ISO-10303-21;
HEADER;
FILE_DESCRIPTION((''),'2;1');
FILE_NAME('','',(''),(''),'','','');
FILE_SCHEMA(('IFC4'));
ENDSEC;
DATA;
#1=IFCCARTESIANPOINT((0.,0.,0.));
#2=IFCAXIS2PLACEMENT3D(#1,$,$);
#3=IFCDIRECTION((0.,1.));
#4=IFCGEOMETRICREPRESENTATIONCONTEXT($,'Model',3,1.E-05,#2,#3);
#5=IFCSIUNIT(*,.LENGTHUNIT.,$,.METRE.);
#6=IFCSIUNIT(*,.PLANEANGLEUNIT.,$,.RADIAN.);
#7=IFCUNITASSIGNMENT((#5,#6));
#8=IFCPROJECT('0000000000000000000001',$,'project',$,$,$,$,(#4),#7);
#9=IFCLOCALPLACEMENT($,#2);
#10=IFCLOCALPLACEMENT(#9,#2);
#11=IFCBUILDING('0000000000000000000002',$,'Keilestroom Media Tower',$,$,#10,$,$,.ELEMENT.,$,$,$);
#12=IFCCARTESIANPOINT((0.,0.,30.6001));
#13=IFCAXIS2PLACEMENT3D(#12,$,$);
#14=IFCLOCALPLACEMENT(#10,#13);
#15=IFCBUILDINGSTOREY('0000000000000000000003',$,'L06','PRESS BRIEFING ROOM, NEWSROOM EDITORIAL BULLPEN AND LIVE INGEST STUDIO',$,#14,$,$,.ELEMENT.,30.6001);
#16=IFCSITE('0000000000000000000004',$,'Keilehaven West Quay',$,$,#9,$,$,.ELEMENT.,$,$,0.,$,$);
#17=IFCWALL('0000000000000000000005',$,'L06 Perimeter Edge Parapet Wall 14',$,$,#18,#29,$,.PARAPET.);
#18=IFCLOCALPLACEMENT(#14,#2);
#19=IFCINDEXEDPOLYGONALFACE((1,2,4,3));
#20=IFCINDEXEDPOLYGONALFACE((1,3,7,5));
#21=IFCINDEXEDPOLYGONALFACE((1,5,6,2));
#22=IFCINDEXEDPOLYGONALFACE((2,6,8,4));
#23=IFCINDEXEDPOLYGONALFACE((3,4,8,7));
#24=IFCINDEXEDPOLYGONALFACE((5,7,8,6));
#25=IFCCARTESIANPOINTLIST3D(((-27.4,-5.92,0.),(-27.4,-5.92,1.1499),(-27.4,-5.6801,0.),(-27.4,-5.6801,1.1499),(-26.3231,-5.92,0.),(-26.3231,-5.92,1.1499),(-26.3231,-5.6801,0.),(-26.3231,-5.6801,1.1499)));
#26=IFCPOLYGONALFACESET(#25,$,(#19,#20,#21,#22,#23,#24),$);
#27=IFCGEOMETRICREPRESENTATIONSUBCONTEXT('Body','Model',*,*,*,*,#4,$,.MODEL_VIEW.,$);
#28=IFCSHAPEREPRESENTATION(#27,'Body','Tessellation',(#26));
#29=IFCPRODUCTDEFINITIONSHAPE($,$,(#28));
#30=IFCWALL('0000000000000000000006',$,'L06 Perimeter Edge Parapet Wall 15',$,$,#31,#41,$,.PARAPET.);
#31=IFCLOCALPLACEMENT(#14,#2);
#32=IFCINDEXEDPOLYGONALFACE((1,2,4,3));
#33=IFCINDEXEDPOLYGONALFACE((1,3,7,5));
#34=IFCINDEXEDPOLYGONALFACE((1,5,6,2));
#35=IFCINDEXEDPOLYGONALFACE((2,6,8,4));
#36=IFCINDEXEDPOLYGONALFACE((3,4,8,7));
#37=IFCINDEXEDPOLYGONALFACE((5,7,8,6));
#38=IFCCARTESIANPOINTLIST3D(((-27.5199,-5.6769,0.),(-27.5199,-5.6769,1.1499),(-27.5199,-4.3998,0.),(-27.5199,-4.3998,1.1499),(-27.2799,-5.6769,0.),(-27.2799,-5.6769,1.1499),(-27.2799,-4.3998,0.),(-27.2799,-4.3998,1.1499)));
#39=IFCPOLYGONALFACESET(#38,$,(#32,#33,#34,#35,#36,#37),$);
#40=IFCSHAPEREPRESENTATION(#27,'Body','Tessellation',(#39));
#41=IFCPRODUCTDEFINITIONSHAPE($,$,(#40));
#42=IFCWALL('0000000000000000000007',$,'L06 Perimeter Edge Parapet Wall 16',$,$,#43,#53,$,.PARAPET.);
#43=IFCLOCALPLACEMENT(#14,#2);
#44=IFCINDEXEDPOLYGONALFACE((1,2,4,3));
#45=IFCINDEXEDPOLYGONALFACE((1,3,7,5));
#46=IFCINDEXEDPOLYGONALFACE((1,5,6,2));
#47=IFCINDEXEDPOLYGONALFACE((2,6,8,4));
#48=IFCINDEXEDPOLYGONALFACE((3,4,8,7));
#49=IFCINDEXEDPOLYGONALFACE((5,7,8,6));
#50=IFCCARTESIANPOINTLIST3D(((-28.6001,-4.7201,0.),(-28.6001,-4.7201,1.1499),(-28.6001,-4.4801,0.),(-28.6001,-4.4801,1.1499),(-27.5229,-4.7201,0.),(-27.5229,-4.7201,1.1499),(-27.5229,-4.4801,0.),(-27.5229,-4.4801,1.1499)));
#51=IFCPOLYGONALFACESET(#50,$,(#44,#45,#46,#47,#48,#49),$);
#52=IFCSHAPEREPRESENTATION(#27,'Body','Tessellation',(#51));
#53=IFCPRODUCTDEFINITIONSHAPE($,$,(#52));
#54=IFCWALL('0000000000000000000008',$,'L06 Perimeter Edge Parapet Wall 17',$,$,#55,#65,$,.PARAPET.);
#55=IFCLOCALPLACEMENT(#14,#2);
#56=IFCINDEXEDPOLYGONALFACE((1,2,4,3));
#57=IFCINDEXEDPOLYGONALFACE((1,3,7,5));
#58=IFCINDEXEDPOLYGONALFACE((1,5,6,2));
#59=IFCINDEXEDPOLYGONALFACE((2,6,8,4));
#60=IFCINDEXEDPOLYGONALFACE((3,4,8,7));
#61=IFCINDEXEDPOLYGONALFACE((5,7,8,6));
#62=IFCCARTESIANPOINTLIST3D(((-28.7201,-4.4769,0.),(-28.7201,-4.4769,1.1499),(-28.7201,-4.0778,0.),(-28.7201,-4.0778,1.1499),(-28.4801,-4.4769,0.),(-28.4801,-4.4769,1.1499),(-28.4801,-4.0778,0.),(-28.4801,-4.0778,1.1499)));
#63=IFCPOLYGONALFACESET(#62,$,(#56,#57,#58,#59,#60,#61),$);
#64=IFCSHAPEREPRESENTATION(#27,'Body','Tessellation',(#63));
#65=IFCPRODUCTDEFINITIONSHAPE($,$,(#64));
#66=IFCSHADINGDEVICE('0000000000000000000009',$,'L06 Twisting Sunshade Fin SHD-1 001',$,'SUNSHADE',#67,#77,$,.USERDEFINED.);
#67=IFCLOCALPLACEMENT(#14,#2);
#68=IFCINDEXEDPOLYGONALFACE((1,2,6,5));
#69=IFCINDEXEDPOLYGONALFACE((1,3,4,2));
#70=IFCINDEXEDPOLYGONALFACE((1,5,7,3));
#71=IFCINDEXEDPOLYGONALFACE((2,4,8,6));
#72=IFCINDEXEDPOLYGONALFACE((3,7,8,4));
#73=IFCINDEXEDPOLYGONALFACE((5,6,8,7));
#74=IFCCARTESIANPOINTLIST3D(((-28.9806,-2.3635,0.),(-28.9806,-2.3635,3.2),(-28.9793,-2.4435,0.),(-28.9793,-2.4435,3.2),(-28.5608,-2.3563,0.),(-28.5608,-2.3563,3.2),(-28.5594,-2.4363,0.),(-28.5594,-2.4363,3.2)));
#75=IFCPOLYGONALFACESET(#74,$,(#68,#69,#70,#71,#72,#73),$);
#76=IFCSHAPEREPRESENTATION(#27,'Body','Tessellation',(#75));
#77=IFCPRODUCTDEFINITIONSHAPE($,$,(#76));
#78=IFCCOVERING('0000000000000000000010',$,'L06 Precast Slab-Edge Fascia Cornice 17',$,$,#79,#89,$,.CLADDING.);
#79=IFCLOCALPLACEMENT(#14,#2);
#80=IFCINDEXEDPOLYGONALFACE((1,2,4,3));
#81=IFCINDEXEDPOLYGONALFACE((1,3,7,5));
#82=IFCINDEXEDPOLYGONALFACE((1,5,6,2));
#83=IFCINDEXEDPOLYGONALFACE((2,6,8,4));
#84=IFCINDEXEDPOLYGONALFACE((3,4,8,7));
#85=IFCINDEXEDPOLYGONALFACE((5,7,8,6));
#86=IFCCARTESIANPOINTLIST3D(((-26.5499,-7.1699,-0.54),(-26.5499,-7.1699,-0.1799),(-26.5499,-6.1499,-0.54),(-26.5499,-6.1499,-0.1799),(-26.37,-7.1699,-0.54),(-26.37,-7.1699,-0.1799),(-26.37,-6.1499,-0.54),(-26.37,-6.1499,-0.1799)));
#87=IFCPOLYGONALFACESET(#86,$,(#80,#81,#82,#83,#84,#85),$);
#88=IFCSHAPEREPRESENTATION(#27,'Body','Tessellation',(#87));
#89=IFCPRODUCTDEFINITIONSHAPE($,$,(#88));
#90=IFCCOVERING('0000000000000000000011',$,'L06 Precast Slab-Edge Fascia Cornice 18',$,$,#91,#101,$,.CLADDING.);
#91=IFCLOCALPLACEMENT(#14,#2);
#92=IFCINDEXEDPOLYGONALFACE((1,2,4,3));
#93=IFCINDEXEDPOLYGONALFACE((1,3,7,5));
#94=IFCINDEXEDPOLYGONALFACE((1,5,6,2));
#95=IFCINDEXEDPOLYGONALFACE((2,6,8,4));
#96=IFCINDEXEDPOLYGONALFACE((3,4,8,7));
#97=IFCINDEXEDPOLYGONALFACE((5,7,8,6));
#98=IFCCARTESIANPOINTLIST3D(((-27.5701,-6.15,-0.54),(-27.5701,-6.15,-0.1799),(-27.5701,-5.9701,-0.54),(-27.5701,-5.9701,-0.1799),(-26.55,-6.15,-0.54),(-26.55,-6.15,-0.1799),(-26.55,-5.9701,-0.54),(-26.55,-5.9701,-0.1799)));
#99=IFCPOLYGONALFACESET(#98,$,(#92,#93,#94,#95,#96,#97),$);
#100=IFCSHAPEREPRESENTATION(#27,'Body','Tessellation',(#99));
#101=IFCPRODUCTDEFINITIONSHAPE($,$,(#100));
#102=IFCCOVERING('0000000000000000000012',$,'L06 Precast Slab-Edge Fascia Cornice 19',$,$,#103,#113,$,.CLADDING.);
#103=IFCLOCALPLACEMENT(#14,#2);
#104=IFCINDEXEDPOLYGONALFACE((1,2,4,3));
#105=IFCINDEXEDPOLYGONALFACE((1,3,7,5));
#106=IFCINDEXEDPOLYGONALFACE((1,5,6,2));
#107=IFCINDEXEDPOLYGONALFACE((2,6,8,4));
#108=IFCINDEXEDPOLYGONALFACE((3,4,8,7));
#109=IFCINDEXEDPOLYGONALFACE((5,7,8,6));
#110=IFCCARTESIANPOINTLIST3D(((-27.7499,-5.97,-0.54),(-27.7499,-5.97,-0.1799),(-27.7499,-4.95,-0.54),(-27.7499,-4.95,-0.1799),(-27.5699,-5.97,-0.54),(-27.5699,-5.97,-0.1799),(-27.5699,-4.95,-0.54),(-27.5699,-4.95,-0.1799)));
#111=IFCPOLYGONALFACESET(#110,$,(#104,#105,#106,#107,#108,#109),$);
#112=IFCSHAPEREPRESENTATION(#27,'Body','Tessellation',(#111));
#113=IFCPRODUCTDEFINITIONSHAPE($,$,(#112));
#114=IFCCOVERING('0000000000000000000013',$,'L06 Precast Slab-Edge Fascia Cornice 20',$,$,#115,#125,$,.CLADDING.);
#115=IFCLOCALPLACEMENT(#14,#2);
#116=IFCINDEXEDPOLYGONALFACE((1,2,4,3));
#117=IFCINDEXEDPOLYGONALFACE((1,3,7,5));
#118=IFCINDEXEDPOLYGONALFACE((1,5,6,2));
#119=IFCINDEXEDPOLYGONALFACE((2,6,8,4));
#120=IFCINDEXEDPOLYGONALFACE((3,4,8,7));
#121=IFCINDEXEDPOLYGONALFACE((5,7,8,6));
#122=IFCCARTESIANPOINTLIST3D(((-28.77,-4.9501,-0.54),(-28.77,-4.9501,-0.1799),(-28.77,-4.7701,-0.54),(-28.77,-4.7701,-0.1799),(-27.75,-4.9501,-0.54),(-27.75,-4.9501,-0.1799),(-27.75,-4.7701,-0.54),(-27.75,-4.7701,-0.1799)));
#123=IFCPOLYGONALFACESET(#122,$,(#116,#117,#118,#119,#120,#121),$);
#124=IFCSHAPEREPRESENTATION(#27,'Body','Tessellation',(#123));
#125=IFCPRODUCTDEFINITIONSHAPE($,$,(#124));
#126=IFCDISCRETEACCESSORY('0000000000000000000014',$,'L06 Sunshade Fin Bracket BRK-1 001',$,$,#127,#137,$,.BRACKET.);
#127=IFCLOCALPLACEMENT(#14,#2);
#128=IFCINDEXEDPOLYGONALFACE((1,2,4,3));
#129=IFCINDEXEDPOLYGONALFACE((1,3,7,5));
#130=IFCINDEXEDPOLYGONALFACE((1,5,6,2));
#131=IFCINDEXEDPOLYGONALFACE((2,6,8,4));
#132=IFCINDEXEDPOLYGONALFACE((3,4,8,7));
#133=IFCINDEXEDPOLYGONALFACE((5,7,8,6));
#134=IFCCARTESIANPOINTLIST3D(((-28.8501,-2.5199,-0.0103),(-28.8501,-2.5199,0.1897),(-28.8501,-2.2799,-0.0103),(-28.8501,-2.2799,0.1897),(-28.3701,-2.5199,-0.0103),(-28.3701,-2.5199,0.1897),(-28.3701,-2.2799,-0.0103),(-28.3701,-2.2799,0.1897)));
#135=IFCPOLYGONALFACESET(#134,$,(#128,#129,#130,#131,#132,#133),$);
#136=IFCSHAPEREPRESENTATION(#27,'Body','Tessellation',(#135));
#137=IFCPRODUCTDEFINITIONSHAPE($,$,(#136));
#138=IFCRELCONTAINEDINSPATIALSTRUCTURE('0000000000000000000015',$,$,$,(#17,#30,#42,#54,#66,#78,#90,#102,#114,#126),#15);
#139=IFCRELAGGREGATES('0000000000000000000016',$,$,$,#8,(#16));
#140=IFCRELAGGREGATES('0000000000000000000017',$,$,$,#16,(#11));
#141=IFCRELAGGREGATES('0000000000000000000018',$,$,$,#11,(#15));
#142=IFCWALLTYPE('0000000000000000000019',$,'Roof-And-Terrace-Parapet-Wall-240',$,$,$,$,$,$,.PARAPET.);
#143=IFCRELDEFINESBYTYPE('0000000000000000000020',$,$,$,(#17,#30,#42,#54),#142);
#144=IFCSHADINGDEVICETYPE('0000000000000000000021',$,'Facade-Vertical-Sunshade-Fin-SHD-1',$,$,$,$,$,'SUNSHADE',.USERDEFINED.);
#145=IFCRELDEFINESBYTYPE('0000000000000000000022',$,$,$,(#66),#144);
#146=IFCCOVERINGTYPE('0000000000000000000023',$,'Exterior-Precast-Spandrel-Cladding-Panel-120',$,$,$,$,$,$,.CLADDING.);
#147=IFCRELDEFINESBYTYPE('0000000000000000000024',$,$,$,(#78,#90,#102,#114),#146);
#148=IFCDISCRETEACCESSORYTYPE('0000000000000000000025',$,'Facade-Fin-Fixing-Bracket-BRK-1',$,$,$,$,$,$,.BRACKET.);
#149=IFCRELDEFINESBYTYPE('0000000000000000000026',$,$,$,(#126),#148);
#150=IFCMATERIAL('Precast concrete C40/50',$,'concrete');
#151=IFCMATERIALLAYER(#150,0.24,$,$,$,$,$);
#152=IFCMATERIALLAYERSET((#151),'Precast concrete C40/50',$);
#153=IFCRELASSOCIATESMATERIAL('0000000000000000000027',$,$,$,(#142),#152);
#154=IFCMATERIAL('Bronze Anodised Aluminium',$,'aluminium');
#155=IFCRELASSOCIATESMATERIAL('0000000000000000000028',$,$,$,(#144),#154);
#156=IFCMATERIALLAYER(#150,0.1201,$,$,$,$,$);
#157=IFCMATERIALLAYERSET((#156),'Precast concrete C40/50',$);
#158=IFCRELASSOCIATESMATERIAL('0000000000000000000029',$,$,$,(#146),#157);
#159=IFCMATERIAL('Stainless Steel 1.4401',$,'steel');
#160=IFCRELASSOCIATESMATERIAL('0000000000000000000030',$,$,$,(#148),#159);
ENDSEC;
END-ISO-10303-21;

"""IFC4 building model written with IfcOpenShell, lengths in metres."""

from ifc_helpers import new_model, si_unit, direction, frame, frame_2d, origin, origin_2d, place, context, subcontext, project, spatial, rectangle, extrude, source, transform, mapped, material, layer, layer_set, type_object, element, save


model = new_model("IFC4")

# Units and contexts
model_context = context("Model", 3, precision=1e-05, world=origin(), true_north=direction((0.0, 1.0)))
body_context = subcontext(model_context, "Body", "Model", "MODEL_VIEW")
ifc_project = project(units=[si_unit("LENGTHUNIT", "METRE"), si_unit("PLANEANGLEUNIT", "RADIAN")], contexts=[model_context])

# Site, building, storey
site_placement = place(None, origin())
site = spatial("IfcSite", under=ifc_project, at=site_placement, Name="Keilehaven West Quay", CompositionType="ELEMENT", RefElevation=0.0)
building_placement = place(site_placement, origin())
building = spatial("IfcBuilding", under=site, at=building_placement, Name="Keilestroom Media Tower", CompositionType="ELEMENT")
storey_placement = place(building_placement, frame((0.0, 0.0, 30.6001)))
storey = spatial("IfcBuildingStorey", under=building, at=storey_placement, Name="L06", Description="PRESS BRIEFING ROOM, NEWSROOM EDITORIAL BULLPEN AND LIVE INGEST STUDIO", CompositionType="ELEMENT", Elevation=30.6001)

# Shared definitions
ifc_material_1 = material(Name="Precast concrete C40/50", Category="concrete")

# Walls
ifc_layer_1 = layer(ifc_material_1, 0.24)
ifc_layer_set_1 = layer_set([ifc_layer_1], Name="Precast concrete C40/50")
wall_type_1 = type_object("IfcWallType", Name="Roof-And-Terrace-Parapet-Wall-240", PredefinedType="PARAPET", material=ifc_layer_set_1)
wall_1_placement = place(storey_placement, frame((-26.323, -5.8, 0.0), z_axis=(0.0, 0.0, 1.0), x_axis=(-1.0, 0.0, 0.0)))
element("IfcWall", 1, at=wall_1_placement, inside=storey, type_object=wall_type_1, Name="L06 Perimeter Edge Parapet Wall 14", PredefinedType="PARAPET", context=body_context, shape_type="SweptSolid", body=[
    extrude(rectangle(XDim=1.0769, YDim=0.24, at=frame_2d((0.5386, 0.0))), origin(), (0.0, 0.0, 1.0), 1.1499),
])
wall_2_placement = place(storey_placement, frame((-27.3999, -5.677, 0.0), z_axis=(0.0, 0.0, 1.0), x_axis=(0.0, 1.0, 0.0)))
element("IfcWall", 2, at=wall_2_placement, inside=storey, type_object=wall_type_1, Name="L06 Perimeter Edge Parapet Wall 15", PredefinedType="PARAPET", context=body_context, shape_type="SweptSolid", body=[
    extrude(rectangle(XDim=1.2771, YDim=0.24, at=frame_2d((0.6387, 0.0))), origin(), (0.0, 0.0, 1.0), 1.1499),
])
wall_3_placement = place(storey_placement, frame((-27.5229, -4.6001, 0.0), z_axis=(0.0, 0.0, 1.0), x_axis=(-1.0, 0.0, 0.0)))
element("IfcWall", 3, at=wall_3_placement, inside=storey, type_object=wall_type_1, Name="L06 Perimeter Edge Parapet Wall 16", PredefinedType="PARAPET", context=body_context, shape_type="SweptSolid", body=[
    extrude(rectangle(XDim=1.0771, YDim=0.24, at=frame_2d((0.5386, 0.0))), origin(), (0.0, 0.0, 1.0), 1.1499),
])
wall_4_placement = place(storey_placement, frame((-28.6001, -4.4771, 0.0), z_axis=(0.0, 0.0, 1.0), x_axis=(0.0, 1.0, 0.0)))
element("IfcWall", 4, at=wall_4_placement, inside=storey, type_object=wall_type_1, Name="L06 Perimeter Edge Parapet Wall 17", PredefinedType="PARAPET", context=body_context, shape_type="SweptSolid", body=[
    extrude(rectangle(XDim=0.3992, YDim=0.24, at=frame_2d((0.1997, 0.0))), origin(), (0.0, 0.0, 1.0), 1.1499),
])

# Shading device
ifc_material_2 = material(Name="Bronze Anodised Aluminium", Category="aluminium")
shading_device_type = type_object("IfcShadingDeviceType", Name="Facade-Vertical-Sunshade-Fin-SHD-1", ElementType="SUNSHADE", PredefinedType="USERDEFINED", material=ifc_material_2)
shared_shape_1 = source(origin(), body_context, "Body", "SweptSolid", [
    extrude(rectangle(XDim=0.4199, YDim=0.0801, at=origin_2d()), origin(), (0.0, 0.0, 1.0), 3.2),
])
shading_device_placement = place(storey_placement, frame((-28.77, -2.3999, 0.0), z_axis=(0.0, 0.0, 1.0), x_axis=(0.999854, 0.017103, 0.0)))
element("IfcShadingDevice", 5, at=shading_device_placement, inside=storey, type_object=shading_device_type, Name="L06 Twisting Sunshade Fin SHD-1 001", ObjectType="SUNSHADE", PredefinedType="USERDEFINED", context=body_context, shape_type="MappedRepresentation", body=[
    mapped(shared_shape_1, transform((0.0, 0.0, 0.0), x_axis=(1.0, 0.0, 0.0), y_axis=(0.0, 1.0, 0.0), z_axis=(0.0, 0.0, 1.0), scale=1.0)),
])

# Coverings
ifc_layer_2 = layer(ifc_material_1, 0.1201)
ifc_layer_set_2 = layer_set([ifc_layer_2], Name="Precast concrete C40/50")
covering_type = type_object("IfcCoveringType", Name="Exterior-Precast-Spandrel-Cladding-Panel-120", PredefinedType="CLADDING", material=ifc_layer_set_2)
shared_shape_2 = source(origin(), body_context, "Body", "SweptSolid", [
    extrude(rectangle(XDim=1.02, YDim=0.1799, at=origin_2d()), origin(), (0.0, 0.0, 1.0), 0.3601),
])
for number, where, z_axis, x_axis, name in (
    (6, (-26.46, -6.6599, -0.54), (0.0, 0.0, 1.0), (0.0, 1.0, 0.0), "L06 Precast Slab-Edge Fascia Cornice 17"),
    (7, (-27.0601, -6.0601, -0.54), (0.0, 0.0, 1.0), (-1.0, 0.0, 0.0), "L06 Precast Slab-Edge Fascia Cornice 18"),
    (8, (-27.6599, -5.46, -0.54), (0.0, 0.0, 1.0), (0.0, 1.0, 0.0), "L06 Precast Slab-Edge Fascia Cornice 19"),
    (9, (-28.26, -4.8601, -0.54), (0.0, 0.0, 1.0), (-1.0, 0.0, 0.0), "L06 Precast Slab-Edge Fascia Cornice 20"),
):
    element("IfcCovering", number, at=place(storey_placement, frame(where, z_axis=z_axis, x_axis=x_axis)), inside=storey, type_object=covering_type, Name=name, PredefinedType="CLADDING", context=body_context, shape_type="MappedRepresentation", body=[
        mapped(shared_shape_2, transform((0.0, 0.0, 0.0), x_axis=(1.0, 0.0, 0.0), y_axis=(0.0, 1.0, 0.0), z_axis=(0.0, 0.0, 1.0), scale=1.0)),
    ])

# Discrete accessory
ifc_material_3 = material(Name="Stainless Steel 1.4401", Category="steel")
discrete_accessory_type = type_object("IfcDiscreteAccessoryType", Name="Facade-Fin-Fixing-Bracket-BRK-1", PredefinedType="BRACKET", material=ifc_material_3)
shared_shape_3 = source(origin(), body_context, "Body", "SweptSolid", [
    extrude(rectangle(XDim=0.48, YDim=0.24, at=origin_2d()), origin(), (0.0, 0.0, 1.0), 0.2),
])
discrete_accessory_placement = place(storey_placement, frame((-28.6101, -2.3999, -0.0103), z_axis=(0.0, 0.0, 1.0), x_axis=(1.0, 0.0, 0.0)))
element("IfcDiscreteAccessory", 10, at=discrete_accessory_placement, inside=storey, type_object=discrete_accessory_type, Name="L06 Sunshade Fin Bracket BRK-1 001", PredefinedType="BRACKET", context=body_context, shape_type="MappedRepresentation", body=[
    mapped(shared_shape_3, transform((0.0, 0.0, 0.0), x_axis=(1.0, 0.0, 0.0), y_axis=(0.0, 1.0, 0.0), z_axis=(0.0, 0.0, 1.0), scale=1.0)),
])

save(model, "model.ifc")
